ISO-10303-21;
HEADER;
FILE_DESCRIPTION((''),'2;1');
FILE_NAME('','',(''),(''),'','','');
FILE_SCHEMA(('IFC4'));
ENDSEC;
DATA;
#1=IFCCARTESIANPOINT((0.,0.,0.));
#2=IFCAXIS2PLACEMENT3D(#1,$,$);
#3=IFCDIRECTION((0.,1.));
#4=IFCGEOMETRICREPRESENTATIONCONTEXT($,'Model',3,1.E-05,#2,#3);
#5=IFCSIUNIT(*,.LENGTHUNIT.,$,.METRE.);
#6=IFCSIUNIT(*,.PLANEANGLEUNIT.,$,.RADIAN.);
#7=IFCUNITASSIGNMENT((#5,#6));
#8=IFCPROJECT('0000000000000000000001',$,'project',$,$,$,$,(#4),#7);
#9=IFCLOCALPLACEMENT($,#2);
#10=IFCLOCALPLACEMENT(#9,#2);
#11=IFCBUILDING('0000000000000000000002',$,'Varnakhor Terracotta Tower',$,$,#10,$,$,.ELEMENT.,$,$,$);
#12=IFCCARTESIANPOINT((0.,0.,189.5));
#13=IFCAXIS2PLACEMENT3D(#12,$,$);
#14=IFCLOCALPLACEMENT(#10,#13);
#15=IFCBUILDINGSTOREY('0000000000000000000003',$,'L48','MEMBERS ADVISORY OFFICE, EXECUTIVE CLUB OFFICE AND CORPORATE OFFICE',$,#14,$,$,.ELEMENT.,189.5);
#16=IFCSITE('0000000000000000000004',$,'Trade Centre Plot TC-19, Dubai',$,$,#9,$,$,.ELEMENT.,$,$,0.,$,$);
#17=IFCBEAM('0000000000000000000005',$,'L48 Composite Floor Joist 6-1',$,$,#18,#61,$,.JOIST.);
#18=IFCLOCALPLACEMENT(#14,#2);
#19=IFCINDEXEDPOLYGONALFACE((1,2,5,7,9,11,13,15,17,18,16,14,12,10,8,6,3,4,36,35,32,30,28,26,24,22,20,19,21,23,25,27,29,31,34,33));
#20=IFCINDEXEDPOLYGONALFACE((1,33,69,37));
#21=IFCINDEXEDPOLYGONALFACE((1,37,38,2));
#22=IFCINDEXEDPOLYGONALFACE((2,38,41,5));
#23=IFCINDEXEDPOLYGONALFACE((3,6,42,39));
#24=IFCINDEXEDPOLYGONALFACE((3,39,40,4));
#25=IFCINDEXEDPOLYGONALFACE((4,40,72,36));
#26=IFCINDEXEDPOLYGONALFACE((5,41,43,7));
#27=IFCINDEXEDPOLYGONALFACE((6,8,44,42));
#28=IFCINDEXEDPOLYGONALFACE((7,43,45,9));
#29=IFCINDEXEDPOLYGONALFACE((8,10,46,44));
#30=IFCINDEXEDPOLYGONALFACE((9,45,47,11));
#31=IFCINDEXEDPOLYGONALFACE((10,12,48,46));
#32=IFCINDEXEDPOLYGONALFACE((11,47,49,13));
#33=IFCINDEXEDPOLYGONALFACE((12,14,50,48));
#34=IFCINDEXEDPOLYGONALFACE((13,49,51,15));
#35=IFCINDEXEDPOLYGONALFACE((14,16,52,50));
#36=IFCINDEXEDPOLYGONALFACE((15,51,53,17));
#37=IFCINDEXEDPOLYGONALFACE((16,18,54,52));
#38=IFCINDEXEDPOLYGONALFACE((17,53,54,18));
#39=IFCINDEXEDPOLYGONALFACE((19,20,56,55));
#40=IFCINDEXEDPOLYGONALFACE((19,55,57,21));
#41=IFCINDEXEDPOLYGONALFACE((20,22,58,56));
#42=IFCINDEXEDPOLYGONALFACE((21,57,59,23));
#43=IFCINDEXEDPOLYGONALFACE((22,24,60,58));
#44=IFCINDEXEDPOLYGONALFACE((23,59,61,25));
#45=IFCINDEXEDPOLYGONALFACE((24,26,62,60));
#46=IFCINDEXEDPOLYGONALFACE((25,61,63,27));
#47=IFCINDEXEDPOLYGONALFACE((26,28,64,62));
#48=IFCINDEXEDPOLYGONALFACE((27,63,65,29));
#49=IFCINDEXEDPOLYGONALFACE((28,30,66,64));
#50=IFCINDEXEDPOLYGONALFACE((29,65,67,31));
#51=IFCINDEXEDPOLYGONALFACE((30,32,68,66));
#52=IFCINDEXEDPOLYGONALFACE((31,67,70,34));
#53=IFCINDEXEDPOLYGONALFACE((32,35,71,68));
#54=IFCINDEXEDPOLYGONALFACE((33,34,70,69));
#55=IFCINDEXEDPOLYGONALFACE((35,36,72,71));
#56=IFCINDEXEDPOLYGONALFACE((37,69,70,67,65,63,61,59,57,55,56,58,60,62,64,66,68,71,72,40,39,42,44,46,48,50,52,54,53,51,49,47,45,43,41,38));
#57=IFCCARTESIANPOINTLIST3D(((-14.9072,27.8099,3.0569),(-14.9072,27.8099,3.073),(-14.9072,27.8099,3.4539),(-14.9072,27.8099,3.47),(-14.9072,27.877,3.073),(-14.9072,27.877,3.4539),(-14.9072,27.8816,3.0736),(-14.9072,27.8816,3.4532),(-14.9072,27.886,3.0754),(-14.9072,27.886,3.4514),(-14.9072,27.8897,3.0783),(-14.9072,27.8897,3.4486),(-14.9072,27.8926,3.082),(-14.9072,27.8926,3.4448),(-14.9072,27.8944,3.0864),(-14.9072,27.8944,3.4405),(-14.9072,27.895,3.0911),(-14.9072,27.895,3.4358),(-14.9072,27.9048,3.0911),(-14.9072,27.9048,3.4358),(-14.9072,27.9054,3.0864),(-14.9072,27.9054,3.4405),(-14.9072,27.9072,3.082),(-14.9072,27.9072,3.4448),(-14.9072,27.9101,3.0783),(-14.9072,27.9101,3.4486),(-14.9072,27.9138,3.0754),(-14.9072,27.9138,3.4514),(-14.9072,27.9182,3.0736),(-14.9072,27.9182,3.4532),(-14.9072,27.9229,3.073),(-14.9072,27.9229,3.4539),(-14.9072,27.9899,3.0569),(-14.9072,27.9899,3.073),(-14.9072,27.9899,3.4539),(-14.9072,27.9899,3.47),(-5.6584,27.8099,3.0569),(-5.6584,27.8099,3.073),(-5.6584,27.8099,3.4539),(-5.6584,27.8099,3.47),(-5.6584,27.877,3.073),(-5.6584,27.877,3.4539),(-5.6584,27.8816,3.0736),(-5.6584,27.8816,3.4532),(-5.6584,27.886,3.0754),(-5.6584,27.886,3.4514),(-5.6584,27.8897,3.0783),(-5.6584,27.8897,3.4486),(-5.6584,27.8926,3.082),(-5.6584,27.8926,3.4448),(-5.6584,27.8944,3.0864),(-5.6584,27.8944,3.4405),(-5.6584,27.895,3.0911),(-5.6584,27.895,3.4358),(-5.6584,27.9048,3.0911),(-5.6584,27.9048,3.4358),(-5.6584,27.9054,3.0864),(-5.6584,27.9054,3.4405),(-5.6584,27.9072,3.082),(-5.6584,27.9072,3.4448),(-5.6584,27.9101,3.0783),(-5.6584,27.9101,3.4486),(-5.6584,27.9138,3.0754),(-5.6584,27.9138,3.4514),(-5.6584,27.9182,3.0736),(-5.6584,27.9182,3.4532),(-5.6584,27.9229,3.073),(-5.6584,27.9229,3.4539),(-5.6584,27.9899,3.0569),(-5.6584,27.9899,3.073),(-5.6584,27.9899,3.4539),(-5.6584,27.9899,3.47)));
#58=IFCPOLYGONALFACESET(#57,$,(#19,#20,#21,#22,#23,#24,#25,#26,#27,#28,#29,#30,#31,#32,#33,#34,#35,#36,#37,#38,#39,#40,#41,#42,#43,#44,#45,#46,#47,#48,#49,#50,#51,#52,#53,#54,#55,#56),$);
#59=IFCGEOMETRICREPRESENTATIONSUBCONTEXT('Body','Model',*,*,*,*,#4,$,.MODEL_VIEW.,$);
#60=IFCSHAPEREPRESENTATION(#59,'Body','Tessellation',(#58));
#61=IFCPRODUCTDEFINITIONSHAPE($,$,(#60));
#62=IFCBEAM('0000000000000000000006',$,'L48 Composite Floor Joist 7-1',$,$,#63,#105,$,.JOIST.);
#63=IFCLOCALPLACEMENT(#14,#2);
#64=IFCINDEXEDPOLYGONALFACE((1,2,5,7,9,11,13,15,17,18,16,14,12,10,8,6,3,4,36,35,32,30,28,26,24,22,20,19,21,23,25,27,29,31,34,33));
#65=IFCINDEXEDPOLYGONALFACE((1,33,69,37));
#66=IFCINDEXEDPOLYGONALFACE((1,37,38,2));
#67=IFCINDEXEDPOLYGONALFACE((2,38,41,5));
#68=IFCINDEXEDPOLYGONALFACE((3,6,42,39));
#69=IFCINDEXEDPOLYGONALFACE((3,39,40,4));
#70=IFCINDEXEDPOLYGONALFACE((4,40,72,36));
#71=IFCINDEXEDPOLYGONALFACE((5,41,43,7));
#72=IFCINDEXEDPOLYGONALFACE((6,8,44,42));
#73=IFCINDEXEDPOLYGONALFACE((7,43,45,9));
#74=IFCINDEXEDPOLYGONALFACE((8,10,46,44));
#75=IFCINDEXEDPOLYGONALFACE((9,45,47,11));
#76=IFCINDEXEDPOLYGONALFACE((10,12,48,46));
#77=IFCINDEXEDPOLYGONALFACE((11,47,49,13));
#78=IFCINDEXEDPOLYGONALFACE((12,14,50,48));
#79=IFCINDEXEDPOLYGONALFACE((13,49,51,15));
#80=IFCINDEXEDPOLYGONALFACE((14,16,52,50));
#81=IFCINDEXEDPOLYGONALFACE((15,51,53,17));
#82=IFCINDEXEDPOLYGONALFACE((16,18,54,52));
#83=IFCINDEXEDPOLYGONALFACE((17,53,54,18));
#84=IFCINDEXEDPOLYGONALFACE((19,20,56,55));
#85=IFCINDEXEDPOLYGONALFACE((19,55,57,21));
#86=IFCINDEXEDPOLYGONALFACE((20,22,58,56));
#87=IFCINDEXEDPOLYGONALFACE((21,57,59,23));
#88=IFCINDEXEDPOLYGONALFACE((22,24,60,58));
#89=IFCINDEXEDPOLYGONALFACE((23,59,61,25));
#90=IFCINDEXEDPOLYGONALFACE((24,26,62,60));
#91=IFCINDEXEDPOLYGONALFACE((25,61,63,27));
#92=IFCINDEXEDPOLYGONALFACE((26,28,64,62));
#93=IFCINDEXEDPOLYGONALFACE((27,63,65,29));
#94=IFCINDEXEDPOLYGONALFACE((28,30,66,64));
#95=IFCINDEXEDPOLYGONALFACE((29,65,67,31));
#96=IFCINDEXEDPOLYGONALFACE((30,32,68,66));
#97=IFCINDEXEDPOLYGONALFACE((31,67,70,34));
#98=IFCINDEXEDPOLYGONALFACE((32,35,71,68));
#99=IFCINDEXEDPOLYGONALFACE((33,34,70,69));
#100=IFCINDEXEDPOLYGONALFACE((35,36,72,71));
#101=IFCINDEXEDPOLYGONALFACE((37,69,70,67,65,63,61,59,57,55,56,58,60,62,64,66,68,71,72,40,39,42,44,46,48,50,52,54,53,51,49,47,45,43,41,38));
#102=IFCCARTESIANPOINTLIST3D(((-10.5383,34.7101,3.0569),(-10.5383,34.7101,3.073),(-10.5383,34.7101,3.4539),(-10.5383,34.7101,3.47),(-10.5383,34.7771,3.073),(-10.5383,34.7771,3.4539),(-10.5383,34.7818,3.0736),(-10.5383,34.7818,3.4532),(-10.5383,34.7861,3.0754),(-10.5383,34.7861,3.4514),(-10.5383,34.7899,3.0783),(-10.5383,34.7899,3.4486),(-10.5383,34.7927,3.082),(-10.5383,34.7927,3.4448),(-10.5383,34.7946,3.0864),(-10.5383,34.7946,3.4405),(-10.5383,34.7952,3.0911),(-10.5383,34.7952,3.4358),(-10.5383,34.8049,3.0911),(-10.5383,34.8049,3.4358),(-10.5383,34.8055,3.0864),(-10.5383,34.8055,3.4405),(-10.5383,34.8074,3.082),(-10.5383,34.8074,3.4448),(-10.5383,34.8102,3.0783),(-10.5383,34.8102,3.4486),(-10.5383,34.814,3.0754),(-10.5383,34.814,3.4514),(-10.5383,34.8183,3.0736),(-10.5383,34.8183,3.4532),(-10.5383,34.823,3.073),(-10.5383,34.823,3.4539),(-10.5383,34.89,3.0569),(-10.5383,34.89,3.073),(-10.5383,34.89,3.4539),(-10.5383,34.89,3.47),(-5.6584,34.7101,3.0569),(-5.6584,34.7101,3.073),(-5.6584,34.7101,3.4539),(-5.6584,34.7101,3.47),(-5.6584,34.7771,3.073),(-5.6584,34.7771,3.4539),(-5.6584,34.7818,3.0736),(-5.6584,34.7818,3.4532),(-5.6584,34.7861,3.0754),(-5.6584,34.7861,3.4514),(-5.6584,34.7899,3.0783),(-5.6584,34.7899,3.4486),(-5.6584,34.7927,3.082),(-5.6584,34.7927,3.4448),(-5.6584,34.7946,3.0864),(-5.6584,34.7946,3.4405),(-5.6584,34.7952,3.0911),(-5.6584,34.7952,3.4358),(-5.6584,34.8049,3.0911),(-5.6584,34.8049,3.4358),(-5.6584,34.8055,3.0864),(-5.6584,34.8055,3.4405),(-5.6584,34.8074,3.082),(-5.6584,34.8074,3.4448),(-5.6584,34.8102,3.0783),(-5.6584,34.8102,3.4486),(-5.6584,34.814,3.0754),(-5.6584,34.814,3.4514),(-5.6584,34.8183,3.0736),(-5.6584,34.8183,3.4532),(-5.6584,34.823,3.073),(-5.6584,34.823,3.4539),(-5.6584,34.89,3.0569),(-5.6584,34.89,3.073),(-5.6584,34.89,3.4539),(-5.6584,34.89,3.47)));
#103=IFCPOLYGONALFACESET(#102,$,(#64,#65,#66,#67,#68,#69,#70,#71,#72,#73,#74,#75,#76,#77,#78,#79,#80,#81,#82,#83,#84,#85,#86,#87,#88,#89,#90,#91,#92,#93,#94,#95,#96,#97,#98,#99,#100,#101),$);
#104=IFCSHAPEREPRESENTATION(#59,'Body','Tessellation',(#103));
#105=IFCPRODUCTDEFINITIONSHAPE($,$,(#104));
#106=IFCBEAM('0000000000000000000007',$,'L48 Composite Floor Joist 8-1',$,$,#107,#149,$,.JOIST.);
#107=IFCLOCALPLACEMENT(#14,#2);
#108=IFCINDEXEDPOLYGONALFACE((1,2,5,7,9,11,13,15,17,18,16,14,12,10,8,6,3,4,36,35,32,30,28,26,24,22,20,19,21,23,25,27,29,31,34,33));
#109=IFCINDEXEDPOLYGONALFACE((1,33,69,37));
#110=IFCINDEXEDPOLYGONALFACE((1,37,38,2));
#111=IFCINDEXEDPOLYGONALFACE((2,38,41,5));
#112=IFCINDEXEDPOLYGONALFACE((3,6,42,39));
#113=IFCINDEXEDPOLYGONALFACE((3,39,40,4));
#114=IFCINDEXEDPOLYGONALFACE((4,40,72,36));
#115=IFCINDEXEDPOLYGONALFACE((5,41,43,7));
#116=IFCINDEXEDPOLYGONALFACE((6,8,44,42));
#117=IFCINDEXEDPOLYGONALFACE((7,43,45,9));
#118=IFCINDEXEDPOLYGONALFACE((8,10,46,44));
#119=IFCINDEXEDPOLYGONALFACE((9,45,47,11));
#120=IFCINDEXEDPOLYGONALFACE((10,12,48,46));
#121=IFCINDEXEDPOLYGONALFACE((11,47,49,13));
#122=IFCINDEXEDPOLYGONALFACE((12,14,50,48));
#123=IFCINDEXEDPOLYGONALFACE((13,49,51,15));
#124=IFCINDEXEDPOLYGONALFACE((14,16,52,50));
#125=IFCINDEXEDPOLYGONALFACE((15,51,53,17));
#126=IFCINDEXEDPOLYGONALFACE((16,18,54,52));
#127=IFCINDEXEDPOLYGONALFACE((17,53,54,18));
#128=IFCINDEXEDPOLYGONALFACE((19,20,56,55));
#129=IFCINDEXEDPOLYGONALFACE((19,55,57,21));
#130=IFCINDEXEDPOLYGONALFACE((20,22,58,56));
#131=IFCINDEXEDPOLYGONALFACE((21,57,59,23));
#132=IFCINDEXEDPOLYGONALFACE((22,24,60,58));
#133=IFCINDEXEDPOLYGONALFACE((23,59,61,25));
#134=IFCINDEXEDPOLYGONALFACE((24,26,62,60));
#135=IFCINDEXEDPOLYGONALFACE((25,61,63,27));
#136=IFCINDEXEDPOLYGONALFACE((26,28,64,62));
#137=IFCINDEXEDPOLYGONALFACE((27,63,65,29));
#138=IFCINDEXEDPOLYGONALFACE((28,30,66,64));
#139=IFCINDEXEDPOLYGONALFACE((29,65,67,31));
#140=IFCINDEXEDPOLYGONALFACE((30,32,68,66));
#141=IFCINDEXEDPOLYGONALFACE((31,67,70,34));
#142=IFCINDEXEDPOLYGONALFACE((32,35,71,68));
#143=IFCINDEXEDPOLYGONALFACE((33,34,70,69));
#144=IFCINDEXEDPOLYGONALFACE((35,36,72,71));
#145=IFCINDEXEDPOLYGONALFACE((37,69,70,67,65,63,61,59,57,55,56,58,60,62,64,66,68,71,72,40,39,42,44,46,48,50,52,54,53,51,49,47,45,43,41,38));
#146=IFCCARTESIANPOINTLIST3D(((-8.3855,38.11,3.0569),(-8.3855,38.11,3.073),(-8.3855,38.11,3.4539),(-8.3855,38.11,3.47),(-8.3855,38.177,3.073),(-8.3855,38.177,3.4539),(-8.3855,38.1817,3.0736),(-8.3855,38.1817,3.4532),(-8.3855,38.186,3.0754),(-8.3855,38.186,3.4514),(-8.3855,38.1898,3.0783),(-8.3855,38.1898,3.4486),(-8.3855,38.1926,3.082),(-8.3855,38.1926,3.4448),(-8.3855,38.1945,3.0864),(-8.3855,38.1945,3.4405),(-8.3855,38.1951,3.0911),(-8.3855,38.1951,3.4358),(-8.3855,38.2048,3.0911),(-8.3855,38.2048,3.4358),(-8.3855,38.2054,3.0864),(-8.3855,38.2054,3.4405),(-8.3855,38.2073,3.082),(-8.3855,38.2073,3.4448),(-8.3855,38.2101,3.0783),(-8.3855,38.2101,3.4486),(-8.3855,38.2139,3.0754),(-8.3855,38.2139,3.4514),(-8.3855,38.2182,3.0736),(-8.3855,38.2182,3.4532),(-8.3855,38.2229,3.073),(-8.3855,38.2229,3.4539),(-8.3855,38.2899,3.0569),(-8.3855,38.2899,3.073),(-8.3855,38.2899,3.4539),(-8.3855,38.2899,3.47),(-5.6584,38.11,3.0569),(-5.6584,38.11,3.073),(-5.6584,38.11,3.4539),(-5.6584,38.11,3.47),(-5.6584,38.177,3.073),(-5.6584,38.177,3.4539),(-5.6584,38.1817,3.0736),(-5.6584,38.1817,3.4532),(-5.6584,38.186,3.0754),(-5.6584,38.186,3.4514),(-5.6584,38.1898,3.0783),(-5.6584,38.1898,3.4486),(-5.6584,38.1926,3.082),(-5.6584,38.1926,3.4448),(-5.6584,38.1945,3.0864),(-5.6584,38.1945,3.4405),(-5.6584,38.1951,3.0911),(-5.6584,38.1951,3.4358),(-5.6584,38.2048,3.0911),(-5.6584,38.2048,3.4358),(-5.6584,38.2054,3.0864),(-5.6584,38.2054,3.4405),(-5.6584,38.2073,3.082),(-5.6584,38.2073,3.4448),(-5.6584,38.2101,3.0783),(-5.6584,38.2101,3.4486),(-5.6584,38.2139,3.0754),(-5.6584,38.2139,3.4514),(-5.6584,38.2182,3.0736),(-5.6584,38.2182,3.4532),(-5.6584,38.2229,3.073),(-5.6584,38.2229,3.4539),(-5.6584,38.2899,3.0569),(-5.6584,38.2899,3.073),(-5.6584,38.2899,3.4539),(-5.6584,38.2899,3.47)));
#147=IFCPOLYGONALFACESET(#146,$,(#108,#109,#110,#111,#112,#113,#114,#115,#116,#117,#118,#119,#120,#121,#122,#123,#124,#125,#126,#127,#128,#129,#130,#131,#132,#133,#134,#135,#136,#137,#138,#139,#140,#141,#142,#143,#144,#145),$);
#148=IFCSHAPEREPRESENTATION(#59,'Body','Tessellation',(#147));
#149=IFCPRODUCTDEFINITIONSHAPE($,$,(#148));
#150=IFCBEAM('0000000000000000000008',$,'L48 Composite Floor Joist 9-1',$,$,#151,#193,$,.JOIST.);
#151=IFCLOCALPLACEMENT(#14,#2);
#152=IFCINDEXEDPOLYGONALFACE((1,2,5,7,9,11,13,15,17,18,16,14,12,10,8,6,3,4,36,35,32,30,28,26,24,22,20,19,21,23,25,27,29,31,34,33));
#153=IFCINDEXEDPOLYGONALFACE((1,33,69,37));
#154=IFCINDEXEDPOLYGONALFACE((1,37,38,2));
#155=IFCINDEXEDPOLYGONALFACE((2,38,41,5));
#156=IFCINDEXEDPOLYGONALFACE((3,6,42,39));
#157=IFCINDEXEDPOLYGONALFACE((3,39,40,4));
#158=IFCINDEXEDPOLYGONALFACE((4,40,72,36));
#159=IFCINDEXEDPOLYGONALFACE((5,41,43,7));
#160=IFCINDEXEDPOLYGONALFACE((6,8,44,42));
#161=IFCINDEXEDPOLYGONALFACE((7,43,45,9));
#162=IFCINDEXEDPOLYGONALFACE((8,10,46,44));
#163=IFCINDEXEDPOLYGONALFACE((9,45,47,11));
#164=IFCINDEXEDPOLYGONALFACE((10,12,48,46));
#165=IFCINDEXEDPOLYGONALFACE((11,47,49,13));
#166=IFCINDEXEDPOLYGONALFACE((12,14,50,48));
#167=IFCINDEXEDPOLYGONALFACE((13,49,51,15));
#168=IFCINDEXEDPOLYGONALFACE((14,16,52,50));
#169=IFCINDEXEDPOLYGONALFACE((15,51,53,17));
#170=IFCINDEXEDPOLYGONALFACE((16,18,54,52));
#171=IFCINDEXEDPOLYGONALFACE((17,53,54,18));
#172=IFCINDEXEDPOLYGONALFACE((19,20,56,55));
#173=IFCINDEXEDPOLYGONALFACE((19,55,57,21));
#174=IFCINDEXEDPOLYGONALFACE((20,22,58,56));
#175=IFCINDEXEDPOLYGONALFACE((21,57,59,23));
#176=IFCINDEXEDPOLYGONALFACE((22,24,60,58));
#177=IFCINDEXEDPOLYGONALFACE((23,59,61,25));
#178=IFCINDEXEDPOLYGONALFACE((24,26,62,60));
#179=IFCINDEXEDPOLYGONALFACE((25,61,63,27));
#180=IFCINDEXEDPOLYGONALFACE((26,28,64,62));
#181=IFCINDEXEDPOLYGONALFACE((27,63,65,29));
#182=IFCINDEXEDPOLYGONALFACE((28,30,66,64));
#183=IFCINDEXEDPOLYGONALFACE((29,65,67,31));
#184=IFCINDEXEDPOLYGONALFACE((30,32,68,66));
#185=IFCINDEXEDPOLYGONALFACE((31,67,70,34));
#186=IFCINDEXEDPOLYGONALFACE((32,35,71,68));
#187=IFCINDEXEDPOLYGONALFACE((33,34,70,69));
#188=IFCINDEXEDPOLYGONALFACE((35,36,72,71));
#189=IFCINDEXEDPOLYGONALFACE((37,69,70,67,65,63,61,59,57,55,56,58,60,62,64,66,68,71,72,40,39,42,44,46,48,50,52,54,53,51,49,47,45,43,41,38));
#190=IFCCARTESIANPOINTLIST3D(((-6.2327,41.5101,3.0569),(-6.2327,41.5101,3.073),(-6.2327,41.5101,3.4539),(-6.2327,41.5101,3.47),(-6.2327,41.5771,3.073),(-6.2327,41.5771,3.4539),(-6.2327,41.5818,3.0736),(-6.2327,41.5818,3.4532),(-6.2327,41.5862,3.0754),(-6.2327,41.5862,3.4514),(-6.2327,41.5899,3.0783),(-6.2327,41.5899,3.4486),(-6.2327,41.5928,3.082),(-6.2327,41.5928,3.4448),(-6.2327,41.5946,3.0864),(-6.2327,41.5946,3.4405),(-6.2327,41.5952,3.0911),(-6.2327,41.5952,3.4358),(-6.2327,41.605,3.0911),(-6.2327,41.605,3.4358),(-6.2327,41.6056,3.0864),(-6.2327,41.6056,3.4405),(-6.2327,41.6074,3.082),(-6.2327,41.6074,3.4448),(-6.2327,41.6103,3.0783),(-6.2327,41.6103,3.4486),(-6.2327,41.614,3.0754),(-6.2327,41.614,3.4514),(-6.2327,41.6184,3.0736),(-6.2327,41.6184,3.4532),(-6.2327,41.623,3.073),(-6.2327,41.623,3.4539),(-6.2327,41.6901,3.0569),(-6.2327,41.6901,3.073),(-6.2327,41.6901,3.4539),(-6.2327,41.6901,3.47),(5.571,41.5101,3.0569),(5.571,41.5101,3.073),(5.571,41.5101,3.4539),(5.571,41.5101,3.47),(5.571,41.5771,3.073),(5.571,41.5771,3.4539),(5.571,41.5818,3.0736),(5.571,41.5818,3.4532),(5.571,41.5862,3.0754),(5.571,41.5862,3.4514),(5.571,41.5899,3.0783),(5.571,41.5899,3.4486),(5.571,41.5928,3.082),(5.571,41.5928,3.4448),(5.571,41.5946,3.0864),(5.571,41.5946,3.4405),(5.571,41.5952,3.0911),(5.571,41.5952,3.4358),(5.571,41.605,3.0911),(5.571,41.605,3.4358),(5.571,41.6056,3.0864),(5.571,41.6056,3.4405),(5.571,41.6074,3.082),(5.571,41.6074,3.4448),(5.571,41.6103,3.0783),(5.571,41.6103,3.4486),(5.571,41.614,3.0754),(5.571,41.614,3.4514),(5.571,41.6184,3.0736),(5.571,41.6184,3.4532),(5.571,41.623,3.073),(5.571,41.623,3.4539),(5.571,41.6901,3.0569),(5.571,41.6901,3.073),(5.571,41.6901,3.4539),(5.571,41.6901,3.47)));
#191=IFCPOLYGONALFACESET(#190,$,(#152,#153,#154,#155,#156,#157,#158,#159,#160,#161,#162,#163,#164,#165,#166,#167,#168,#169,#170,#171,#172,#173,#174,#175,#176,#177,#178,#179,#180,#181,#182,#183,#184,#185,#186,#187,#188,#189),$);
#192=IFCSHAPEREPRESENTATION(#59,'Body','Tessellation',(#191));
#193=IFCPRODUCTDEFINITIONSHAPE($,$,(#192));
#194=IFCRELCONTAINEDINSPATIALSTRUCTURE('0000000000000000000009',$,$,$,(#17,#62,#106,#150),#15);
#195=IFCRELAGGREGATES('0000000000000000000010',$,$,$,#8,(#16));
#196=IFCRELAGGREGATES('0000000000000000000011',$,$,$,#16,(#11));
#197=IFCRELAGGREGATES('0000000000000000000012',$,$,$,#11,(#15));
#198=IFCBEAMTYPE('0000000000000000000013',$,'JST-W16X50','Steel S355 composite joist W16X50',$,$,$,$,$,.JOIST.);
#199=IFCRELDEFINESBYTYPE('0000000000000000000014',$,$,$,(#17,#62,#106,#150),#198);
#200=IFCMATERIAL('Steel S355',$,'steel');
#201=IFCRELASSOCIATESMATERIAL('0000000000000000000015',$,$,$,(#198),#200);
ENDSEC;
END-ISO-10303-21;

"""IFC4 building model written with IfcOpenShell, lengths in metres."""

from ifc_helpers import new_model, si_unit, direction, frame, origin, origin_2d, place, context, subcontext, project, spatial, i_section, extrude, source, transform, mapped, material, material_profile, profile_set, type_object, element, save


model = new_model("IFC4")

# Units and contexts
model_context = context("Model", 3, precision=1e-05, world=origin(), true_north=direction((0.0, 1.0)))
body_context = subcontext(model_context, "Body", "Model", "MODEL_VIEW")
ifc_project = project(units=[si_unit("LENGTHUNIT", "METRE"), si_unit("PLANEANGLEUNIT", "RADIAN")], contexts=[model_context])

# Site, building, storey
site_placement = place(None, origin())
site = spatial("IfcSite", under=ifc_project, at=site_placement, Name="Trade Centre Plot TC-19, Dubai", CompositionType="ELEMENT", RefElevation=0.0)
building_placement = place(site_placement, origin())
building = spatial("IfcBuilding", under=site, at=building_placement, Name="Varnakhor Terracotta Tower", CompositionType="ELEMENT")
storey_placement = place(building_placement, frame((0.0, 0.0, 189.5)))
storey = spatial("IfcBuildingStorey", under=building, at=storey_placement, Name="L48", Description="MEMBERS ADVISORY OFFICE, EXECUTIVE CLUB OFFICE AND CORPORATE OFFICE", CompositionType="ELEMENT", Elevation=189.5)

# Beams
ifc_material_1 = material(Name="Steel S355", Category="steel")
ifc_material_profile_1 = material_profile(ifc_material_1, i_section(OverallWidth=0.1799, OverallDepth=0.4131, WebThickness=0.0098, FlangeThickness=0.0161, FilletRadius=0.0181, at=origin_2d()), Name="W16X50")
ifc_profile_set_1 = profile_set([ifc_material_profile_1], Name="Steel S355")
beam_type_1 = type_object("IfcBeamType", Name="JST-W16X50", Description="Steel S355 composite joist W16X50", PredefinedType="JOIST", material=ifc_profile_set_1)
shared_shape_1 = source(origin(), body_context, "Body", "SweptSolid", [
    extrude(i_section(OverallWidth=0.1799, OverallDepth=0.4131, WebThickness=0.0098, FlangeThickness=0.0161, FilletRadius=0.0181, at=origin_2d()), origin(), (0.0, 0.0, 1.0), 9.2488),
])
beam_1_placement = place(storey_placement, frame((-14.9072, 27.8999, 3.2634), z_axis=(1.0, 0.0, 0.0), x_axis=(0.0, 1.0, 0.0)))
element("IfcBeam", 1, at=beam_1_placement, inside=storey, type_object=beam_type_1, Name="L48 Composite Floor Joist 6-1", PredefinedType="JOIST", context=body_context, shape_type="MappedRepresentation", body=[
    mapped(shared_shape_1, transform((0.0, 0.0, 0.0), scale=1.0)),
])
shared_shape_2 = source(origin(), body_context, "Body", "SweptSolid", [
    extrude(i_section(OverallWidth=0.1799, OverallDepth=0.4131, WebThickness=0.0098, FlangeThickness=0.0161, FilletRadius=0.0181, at=origin_2d()), origin(), (0.0, 0.0, 1.0), 4.8799),
])
beam_2_placement = place(storey_placement, frame((-10.5383, 34.8, 3.2634), z_axis=(1.0, 0.0, 0.0), x_axis=(0.0, 1.0, 0.0)))
element("IfcBeam", 2, at=beam_2_placement, inside=storey, type_object=beam_type_1, Name="L48 Composite Floor Joist 7-1", PredefinedType="JOIST", context=body_context, shape_type="MappedRepresentation", body=[
    mapped(shared_shape_2, transform((0.0, 0.0, 0.0), scale=1.0)),
])
shared_shape_3 = source(origin(), body_context, "Body", "SweptSolid", [
    extrude(i_section(OverallWidth=0.1799, OverallDepth=0.4131, WebThickness=0.0098, FlangeThickness=0.0161, FilletRadius=0.0181, at=origin_2d()), origin(), (0.0, 0.0, 1.0), 2.7271),
])
beam_3_placement = place(storey_placement, frame((-8.3855, 38.2, 3.2634), z_axis=(1.0, 0.0, 0.0), x_axis=(0.0, 1.0, 0.0)))
element("IfcBeam", 3, at=beam_3_placement, inside=storey, type_object=beam_type_1, Name="L48 Composite Floor Joist 8-1", PredefinedType="JOIST", context=body_context, shape_type="MappedRepresentation", body=[
    mapped(shared_shape_3, transform((0.0, 0.0, 0.0), scale=1.0)),
])
shared_shape_4 = source(origin(), body_context, "Body", "SweptSolid", [
    extrude(i_section(OverallWidth=0.1799, OverallDepth=0.4131, WebThickness=0.0098, FlangeThickness=0.0161, FilletRadius=0.0181, at=origin_2d()), origin(), (0.0, 0.0, 1.0), 11.8037),
])
beam_4_placement = place(storey_placement, frame((-6.2327, 41.6001, 3.2634), z_axis=(1.0, 0.0, 0.0), x_axis=(0.0, 1.0, 0.0)))
element("IfcBeam", 4, at=beam_4_placement, inside=storey, type_object=beam_type_1, Name="L48 Composite Floor Joist 9-1", PredefinedType="JOIST", context=body_context, shape_type="MappedRepresentation", body=[
    mapped(shared_shape_4, transform((0.0, 0.0, 0.0), scale=1.0)),
])

save(model, "model.ifc")
